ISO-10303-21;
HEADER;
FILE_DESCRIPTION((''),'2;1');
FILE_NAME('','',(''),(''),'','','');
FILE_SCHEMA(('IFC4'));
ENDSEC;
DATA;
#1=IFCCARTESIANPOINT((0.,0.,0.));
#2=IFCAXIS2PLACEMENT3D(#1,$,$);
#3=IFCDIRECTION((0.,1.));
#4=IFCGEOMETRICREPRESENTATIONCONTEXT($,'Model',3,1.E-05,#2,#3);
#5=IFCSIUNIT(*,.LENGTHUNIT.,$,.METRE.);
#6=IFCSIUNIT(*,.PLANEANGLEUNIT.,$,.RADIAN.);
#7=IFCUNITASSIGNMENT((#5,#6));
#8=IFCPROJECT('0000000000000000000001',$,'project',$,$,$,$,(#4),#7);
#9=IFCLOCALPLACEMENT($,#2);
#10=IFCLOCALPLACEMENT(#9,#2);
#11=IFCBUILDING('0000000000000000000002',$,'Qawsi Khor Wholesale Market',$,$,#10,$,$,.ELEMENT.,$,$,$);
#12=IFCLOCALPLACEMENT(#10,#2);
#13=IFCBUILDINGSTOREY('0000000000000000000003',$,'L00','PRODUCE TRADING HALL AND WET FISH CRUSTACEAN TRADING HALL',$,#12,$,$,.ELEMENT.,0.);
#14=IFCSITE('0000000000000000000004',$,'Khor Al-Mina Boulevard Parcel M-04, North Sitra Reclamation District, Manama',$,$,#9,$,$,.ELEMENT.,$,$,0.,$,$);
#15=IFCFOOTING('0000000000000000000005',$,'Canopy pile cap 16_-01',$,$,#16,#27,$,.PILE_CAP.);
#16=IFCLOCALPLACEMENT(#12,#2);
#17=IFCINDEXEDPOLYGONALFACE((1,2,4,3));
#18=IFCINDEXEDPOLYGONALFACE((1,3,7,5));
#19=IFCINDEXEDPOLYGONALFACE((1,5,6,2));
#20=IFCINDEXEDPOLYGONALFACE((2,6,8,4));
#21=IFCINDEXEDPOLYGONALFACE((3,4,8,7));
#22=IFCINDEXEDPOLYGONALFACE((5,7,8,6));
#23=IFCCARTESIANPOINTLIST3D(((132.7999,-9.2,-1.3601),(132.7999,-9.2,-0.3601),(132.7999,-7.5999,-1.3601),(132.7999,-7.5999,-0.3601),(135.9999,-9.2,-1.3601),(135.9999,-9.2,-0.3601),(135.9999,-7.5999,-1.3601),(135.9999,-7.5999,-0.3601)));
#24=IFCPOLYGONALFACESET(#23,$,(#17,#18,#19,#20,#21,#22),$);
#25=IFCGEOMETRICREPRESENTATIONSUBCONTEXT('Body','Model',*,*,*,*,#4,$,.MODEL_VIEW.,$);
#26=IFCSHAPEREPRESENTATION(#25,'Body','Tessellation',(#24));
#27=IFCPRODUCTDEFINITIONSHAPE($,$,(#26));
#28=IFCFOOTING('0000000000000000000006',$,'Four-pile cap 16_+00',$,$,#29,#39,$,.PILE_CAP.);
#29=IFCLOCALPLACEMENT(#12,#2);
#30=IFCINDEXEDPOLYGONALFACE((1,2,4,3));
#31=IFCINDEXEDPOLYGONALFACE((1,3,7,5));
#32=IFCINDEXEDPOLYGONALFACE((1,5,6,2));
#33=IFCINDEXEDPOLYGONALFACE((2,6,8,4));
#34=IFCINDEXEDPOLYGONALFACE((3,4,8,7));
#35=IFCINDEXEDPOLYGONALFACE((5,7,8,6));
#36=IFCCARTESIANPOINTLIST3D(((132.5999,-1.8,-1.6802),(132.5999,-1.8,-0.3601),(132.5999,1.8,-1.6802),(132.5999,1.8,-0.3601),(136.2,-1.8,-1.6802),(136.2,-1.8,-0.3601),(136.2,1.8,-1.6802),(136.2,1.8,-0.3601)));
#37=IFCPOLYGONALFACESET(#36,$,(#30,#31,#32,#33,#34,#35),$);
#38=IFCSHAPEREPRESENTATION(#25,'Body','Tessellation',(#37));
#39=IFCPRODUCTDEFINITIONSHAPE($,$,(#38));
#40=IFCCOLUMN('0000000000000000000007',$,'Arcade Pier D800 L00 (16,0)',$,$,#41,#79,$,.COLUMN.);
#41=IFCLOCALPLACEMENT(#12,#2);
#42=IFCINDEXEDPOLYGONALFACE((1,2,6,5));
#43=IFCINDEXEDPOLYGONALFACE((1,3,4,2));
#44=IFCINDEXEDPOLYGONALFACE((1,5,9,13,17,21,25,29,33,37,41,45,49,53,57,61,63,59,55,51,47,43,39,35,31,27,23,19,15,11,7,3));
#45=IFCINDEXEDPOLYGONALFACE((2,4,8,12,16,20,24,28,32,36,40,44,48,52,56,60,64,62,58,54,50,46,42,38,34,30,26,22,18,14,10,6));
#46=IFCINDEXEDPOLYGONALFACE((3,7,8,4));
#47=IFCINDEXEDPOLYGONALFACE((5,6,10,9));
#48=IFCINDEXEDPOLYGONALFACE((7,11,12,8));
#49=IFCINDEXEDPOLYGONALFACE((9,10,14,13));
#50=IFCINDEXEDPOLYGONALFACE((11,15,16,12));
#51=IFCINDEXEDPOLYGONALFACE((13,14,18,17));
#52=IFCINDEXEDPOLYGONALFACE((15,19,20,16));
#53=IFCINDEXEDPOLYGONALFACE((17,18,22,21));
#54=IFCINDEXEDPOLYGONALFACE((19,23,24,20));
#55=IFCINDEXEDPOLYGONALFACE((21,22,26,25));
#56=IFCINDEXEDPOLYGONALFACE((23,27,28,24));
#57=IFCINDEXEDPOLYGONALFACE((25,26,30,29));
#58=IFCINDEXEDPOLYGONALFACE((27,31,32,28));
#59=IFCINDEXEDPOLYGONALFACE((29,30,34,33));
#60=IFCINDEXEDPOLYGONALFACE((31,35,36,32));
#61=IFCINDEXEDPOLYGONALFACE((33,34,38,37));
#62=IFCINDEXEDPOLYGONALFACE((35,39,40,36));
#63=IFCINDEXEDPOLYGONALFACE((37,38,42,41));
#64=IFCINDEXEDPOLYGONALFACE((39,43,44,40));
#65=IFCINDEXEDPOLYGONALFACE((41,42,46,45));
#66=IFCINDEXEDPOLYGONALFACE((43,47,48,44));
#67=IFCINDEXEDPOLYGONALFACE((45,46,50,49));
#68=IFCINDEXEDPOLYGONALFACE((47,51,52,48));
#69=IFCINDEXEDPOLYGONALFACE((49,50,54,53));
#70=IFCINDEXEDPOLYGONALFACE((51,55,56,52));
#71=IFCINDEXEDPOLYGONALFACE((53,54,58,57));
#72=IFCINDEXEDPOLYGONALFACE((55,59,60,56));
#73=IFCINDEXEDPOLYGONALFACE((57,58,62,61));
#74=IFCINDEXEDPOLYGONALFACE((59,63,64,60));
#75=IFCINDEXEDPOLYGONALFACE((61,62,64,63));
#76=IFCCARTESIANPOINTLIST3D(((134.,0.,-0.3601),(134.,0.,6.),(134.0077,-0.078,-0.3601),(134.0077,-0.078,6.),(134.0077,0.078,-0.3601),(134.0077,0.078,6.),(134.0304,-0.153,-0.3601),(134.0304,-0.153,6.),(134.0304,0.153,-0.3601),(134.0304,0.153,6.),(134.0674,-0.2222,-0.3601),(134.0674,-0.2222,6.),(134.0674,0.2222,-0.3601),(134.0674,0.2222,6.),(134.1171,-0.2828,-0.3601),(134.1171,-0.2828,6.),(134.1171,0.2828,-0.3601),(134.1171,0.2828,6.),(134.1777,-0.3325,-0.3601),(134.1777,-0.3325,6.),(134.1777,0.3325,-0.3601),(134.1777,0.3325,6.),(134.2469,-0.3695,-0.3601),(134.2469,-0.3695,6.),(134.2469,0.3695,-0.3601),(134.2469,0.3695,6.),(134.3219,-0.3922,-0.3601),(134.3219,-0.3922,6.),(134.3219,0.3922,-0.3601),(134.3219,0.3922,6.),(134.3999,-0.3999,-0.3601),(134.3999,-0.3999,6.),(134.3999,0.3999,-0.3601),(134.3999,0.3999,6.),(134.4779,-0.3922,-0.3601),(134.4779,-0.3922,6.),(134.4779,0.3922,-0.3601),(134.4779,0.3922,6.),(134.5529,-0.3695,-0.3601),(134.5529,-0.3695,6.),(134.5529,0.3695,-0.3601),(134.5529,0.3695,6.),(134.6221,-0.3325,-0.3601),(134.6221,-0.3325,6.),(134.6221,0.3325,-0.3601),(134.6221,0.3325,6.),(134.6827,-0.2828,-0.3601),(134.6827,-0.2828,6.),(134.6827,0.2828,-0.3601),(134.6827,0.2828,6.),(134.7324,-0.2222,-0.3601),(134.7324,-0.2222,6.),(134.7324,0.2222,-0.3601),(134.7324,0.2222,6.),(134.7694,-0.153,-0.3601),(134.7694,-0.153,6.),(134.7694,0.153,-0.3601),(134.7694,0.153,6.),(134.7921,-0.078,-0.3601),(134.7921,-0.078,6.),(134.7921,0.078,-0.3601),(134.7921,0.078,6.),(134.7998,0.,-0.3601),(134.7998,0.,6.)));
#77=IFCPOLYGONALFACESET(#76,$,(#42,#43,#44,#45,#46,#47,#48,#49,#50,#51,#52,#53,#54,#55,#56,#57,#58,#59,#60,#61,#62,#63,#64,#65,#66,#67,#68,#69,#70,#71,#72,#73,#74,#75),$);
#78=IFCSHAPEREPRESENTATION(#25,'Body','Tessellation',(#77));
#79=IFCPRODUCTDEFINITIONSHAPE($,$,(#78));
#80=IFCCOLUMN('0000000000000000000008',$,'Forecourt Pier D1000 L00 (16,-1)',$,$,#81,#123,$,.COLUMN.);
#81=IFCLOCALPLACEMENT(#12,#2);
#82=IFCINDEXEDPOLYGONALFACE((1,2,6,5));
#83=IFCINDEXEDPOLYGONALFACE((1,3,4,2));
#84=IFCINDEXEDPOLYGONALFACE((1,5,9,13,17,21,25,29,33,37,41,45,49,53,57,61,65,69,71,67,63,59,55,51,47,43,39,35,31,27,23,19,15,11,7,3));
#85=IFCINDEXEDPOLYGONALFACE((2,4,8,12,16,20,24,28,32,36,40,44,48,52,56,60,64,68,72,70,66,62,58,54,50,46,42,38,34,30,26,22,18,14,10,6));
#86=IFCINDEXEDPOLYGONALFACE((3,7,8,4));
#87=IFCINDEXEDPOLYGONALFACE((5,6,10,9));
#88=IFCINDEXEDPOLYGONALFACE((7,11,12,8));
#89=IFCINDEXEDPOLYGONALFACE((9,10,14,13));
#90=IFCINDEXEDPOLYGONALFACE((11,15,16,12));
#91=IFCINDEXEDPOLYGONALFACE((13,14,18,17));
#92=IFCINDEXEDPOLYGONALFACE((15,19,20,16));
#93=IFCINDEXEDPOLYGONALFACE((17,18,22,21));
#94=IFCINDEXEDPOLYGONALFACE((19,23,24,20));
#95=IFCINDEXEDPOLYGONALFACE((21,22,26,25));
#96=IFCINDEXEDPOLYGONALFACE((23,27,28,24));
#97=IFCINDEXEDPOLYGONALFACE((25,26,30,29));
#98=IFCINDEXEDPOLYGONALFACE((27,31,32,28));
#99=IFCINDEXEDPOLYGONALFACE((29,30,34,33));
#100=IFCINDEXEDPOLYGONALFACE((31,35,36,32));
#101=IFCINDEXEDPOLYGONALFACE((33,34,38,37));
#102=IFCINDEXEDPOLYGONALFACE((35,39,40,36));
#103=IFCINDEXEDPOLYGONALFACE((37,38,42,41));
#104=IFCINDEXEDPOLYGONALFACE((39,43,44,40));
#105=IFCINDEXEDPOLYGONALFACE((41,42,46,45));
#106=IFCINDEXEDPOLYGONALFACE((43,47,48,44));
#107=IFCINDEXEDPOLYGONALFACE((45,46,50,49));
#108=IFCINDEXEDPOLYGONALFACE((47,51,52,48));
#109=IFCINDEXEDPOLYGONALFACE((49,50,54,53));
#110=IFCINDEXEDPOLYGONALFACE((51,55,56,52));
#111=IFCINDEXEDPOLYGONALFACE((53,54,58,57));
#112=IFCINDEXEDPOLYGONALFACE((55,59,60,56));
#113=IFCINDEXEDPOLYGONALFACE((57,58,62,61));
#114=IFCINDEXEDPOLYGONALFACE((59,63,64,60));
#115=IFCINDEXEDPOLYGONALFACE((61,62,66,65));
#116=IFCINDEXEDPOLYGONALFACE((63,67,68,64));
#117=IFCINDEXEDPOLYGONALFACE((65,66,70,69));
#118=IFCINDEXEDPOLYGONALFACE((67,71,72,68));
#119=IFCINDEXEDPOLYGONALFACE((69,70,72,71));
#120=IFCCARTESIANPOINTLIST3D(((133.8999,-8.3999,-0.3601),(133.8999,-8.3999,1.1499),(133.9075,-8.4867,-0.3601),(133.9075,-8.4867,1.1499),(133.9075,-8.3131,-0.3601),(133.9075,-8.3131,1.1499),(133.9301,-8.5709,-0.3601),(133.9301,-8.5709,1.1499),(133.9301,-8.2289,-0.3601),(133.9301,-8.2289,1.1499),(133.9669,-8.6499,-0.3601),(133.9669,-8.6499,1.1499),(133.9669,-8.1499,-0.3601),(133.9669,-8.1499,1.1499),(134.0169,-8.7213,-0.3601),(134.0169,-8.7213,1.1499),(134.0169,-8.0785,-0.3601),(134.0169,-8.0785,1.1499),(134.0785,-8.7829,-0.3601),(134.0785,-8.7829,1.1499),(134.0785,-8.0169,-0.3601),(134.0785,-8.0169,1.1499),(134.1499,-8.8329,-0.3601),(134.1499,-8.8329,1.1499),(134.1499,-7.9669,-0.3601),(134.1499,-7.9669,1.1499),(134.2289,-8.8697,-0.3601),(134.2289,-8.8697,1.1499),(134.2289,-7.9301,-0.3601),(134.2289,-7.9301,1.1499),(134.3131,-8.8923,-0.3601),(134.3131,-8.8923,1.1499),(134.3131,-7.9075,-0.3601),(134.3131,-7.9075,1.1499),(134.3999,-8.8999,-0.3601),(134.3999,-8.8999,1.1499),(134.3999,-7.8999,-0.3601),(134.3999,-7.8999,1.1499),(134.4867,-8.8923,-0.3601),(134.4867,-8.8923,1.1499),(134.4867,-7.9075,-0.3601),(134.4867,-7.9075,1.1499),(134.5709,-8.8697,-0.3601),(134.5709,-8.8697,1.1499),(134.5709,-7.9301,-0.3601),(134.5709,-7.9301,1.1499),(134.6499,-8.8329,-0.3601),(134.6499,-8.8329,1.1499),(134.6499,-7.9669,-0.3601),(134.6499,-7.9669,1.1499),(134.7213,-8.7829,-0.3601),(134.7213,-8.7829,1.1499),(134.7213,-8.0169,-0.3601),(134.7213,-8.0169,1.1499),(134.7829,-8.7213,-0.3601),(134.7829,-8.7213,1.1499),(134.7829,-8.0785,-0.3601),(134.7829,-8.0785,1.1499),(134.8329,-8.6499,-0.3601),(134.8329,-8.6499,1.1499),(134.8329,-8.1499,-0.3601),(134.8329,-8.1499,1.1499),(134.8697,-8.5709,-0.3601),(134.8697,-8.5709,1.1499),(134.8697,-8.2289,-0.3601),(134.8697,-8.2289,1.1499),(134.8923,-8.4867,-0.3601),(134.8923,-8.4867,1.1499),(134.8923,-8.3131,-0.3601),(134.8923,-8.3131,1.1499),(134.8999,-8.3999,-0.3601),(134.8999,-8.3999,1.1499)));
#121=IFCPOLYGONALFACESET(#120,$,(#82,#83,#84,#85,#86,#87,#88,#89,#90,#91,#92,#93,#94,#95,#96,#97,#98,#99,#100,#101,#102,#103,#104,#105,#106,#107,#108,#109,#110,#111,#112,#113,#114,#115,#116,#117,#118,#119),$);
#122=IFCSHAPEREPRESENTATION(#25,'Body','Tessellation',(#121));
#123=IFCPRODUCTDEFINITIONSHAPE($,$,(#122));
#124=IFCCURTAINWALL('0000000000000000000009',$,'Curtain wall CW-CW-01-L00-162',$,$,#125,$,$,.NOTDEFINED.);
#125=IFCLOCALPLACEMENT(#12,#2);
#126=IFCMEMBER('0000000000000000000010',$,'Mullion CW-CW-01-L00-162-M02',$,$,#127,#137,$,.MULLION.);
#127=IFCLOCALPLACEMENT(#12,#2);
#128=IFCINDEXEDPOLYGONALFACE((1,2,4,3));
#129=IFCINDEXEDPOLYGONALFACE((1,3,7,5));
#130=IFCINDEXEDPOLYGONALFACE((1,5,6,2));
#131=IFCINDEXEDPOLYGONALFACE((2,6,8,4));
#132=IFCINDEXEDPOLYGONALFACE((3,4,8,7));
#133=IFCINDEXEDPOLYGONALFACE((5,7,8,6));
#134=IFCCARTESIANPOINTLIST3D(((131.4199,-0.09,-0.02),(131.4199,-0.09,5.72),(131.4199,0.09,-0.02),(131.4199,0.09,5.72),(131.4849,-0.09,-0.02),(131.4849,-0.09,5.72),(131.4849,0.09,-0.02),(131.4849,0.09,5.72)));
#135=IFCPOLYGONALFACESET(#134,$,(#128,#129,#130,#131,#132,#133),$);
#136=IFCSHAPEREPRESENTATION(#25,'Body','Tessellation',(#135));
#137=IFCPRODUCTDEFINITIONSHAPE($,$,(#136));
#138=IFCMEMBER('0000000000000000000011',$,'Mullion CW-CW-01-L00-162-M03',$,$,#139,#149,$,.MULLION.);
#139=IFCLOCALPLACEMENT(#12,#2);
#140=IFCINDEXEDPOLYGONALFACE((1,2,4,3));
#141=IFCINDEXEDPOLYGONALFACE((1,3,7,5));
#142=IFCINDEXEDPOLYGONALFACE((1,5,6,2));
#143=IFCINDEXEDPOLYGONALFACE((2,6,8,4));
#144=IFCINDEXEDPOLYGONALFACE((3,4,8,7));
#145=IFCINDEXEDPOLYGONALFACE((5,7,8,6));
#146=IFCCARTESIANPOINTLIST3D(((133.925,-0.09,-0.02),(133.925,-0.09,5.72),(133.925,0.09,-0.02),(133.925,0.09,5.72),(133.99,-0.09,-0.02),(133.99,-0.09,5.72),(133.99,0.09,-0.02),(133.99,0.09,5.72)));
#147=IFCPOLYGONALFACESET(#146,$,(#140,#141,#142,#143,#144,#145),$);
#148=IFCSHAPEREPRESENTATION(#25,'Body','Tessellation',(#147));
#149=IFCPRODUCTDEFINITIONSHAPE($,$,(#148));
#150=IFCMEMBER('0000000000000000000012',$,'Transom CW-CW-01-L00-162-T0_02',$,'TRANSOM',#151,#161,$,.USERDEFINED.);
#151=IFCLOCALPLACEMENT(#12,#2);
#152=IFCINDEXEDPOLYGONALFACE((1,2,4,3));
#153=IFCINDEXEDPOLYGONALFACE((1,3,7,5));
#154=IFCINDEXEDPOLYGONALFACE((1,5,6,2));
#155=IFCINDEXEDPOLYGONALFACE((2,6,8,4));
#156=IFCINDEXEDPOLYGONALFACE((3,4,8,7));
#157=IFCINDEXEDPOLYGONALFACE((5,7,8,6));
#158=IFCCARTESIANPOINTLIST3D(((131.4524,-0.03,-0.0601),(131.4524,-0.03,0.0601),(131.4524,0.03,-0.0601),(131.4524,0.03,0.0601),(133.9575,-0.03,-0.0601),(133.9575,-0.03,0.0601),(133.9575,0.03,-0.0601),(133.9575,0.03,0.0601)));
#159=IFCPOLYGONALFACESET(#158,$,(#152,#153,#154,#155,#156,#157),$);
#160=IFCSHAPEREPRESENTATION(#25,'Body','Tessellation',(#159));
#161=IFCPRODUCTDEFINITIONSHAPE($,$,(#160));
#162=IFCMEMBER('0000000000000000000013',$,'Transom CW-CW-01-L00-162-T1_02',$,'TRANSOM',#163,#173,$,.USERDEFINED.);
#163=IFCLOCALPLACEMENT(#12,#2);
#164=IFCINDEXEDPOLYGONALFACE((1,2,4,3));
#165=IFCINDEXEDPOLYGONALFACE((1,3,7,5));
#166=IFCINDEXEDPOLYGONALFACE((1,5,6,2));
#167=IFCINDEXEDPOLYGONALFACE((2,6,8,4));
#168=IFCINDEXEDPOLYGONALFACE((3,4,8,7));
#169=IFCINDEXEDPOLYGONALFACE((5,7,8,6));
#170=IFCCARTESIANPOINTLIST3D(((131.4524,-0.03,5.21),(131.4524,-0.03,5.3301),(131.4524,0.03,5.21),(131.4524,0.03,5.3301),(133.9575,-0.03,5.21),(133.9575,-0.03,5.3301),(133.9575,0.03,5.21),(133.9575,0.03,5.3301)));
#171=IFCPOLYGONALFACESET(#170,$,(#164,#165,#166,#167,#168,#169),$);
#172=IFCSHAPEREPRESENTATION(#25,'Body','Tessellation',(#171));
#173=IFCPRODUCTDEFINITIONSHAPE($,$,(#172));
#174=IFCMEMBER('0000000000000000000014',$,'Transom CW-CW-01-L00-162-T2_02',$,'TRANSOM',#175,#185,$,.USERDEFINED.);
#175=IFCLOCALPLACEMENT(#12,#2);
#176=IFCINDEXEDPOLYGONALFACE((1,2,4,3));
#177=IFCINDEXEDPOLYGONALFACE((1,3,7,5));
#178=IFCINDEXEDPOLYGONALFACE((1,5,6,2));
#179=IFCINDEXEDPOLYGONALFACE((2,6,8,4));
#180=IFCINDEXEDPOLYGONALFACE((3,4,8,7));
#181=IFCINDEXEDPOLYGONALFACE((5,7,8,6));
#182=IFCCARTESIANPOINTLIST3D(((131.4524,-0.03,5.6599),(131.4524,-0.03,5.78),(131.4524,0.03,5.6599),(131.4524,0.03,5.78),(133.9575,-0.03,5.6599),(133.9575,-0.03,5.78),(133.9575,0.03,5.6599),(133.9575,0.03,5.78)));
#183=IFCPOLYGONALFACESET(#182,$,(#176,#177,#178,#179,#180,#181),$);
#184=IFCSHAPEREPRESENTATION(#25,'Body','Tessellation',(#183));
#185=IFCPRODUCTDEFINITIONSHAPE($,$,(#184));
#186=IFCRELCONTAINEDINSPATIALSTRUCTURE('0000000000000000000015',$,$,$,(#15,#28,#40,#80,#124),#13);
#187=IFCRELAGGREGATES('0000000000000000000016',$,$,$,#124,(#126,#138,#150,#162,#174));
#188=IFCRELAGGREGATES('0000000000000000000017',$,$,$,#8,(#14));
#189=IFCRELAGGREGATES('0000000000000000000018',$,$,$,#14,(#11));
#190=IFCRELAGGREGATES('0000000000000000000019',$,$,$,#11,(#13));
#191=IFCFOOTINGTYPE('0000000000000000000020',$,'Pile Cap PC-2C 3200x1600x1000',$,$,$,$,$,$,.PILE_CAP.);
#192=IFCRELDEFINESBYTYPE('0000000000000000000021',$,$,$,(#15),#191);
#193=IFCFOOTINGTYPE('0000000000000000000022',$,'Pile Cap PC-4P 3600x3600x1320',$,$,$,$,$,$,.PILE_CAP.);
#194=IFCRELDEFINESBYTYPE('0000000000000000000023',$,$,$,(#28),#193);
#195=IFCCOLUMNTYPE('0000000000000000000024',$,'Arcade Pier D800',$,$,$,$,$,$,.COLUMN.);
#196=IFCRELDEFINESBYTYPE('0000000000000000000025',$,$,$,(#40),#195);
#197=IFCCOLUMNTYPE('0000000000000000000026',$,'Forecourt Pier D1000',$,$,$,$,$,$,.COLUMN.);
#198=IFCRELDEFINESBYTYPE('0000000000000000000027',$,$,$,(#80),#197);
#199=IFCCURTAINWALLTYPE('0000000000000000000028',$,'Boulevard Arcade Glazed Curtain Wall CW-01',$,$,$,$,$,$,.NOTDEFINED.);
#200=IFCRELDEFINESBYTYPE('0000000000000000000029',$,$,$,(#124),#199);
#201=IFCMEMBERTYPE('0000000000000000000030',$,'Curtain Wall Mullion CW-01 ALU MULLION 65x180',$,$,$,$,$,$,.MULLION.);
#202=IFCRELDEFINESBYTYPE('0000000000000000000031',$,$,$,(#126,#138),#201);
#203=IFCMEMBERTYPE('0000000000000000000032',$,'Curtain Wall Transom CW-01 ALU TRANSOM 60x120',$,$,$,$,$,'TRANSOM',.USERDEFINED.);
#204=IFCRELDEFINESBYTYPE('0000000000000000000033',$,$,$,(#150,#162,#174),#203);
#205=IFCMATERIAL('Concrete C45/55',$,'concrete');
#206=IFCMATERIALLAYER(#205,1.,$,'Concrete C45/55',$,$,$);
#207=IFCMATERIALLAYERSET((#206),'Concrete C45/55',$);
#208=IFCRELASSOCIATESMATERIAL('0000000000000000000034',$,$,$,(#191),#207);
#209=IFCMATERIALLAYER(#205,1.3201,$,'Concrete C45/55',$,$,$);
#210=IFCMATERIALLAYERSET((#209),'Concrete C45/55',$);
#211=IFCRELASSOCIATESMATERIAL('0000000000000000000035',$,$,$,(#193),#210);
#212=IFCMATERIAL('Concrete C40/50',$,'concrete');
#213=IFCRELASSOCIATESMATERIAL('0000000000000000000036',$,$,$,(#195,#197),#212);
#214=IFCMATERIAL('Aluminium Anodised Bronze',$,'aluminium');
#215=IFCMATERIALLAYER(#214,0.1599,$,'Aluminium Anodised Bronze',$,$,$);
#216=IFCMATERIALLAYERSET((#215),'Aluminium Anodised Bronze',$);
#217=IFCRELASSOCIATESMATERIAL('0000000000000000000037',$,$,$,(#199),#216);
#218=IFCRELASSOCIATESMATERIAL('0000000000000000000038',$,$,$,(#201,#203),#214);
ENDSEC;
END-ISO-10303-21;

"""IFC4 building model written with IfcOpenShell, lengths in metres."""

from ifc_helpers import new_model, si_unit, direction, frame, origin, origin_2d, place, context, subcontext, project, spatial, rectangle, circle, extrude, material, layer, layer_set, material_profile, profile_set, type_object, element, aggregate, save


model = new_model("IFC4")

# Units and contexts
model_context = context("Model", 3, precision=1e-05, world=origin(), true_north=direction((0.0, 1.0)))
body_context = subcontext(model_context, "Body", "Model", "MODEL_VIEW")
ifc_project = project(units=[si_unit("LENGTHUNIT", "METRE"), si_unit("PLANEANGLEUNIT", "RADIAN")], contexts=[model_context])

# Site, building, storey
site_placement = place(None, origin())
site = spatial("IfcSite", under=ifc_project, at=site_placement, Name="Khor Al-Mina Boulevard Parcel M-04, North Sitra Reclamation District, Manama", CompositionType="ELEMENT", RefElevation=0.0)
building_placement = place(site_placement, origin())
building = spatial("IfcBuilding", under=site, at=building_placement, Name="Qawsi Khor Wholesale Market", CompositionType="ELEMENT")
storey_placement = place(building_placement, origin())
storey = spatial("IfcBuildingStorey", under=building, at=storey_placement, Name="L00", Description="PRODUCE TRADING HALL AND WET FISH CRUSTACEAN TRADING HALL", CompositionType="ELEMENT", Elevation=0.0)

# Shared definitions
ifc_material_1 = material(Name="Concrete C45/55", Category="concrete")

# Footings
ifc_layer_1 = layer(ifc_material_1, 1.0, Name="Concrete C45/55")
ifc_layer_set_1 = layer_set([ifc_layer_1], Name="Concrete C45/55")
footing_type_1 = type_object("IfcFootingType", Name="Pile Cap PC-2C 3200x1600x1000", PredefinedType="PILE_CAP", material=ifc_layer_set_1)
footing_1_placement = place(storey_placement, frame((134.3999, -8.3999, -1.3601), z_axis=(0.0, 0.0, 1.0), x_axis=(1.0, 0.0, 0.0)))
element("IfcFooting", 1, at=footing_1_placement, inside=storey, type_object=footing_type_1, Name="Canopy pile cap 16_-01", PredefinedType="PILE_CAP", context=body_context, shape_type="SweptSolid", body=[
    extrude(rectangle(XDim=3.2, YDim=1.6001, at=origin_2d()), origin(), (0.0, 0.0, 1.0), 1.0),
])
ifc_layer_2 = layer(ifc_material_1, 1.3201, Name="Concrete C45/55")
ifc_layer_set_2 = layer_set([ifc_layer_2], Name="Concrete C45/55")
footing_type_2 = type_object("IfcFootingType", Name="Pile Cap PC-4P 3600x3600x1320", PredefinedType="PILE_CAP", material=ifc_layer_set_2)
footing_2_placement = place(storey_placement, frame((134.3999, 0.0, -1.6802), z_axis=(0.0, 0.0, 1.0), x_axis=(1.0, 0.0, 0.0)))
element("IfcFooting", 2, at=footing_2_placement, inside=storey, type_object=footing_type_2, Name="Four-pile cap 16_+00", PredefinedType="PILE_CAP", context=body_context, shape_type="SweptSolid", body=[
    extrude(rectangle(XDim=3.6001, YDim=3.6001, at=origin_2d()), origin(), (0.0, 0.0, 1.0), 1.3201),
])

# Columns
ifc_material_2 = material(Name="Concrete C40/50", Category="concrete")
ifc_material_profile_1 = material_profile(ifc_material_2, circle(Radius=0.3999, at=origin_2d()), Name="RC COL D800")
ifc_profile_set_1 = profile_set([ifc_material_profile_1], Name="Concrete C40/50")
column_type_1 = type_object("IfcColumnType", Name="Arcade Pier D800", PredefinedType="COLUMN", material=ifc_profile_set_1)
column_1_placement = place(storey_placement, frame((134.3999, 0.0, -0.3601), z_axis=(0.0, 0.0, 1.0), x_axis=(1.0, 0.0, 0.0)))
element("IfcColumn", 3, at=column_1_placement, inside=storey, type_object=column_type_1, Name="Arcade Pier D800 L00 (16,0)", PredefinedType="COLUMN", context=body_context, shape_type="SweptSolid", body=[
    extrude(circle(Radius=0.3999, at=origin_2d()), origin(), (0.0, 0.0, 1.0), 6.3601),
])
ifc_material_profile_2 = material_profile(ifc_material_2, circle(Radius=0.5, at=origin_2d()), Name="RC COL D1000")
ifc_profile_set_2 = profile_set([ifc_material_profile_2], Name="Concrete C40/50")
column_type_2 = type_object("IfcColumnType", Name="Forecourt Pier D1000", PredefinedType="COLUMN", material=ifc_profile_set_2)
column_2_placement = place(storey_placement, frame((134.3999, -8.3999, -0.3601), z_axis=(0.0, 0.0, 1.0), x_axis=(1.0, 0.0, 0.0)))
element("IfcColumn", 4, at=column_2_placement, inside=storey, type_object=column_type_2, Name="Forecourt Pier D1000 L00 (16,-1)", PredefinedType="COLUMN", context=body_context, shape_type="SweptSolid", body=[
    extrude(circle(Radius=0.5, at=origin_2d()), origin(), (0.0, 0.0, 1.0), 1.51),
])

# Curtain wall, members
ifc_material_3 = material(Name="Aluminium Anodised Bronze", Category="aluminium")
ifc_layer_3 = layer(ifc_material_3, 0.1599, Name="Aluminium Anodised Bronze")
ifc_layer_set_3 = layer_set([ifc_layer_3], Name="Aluminium Anodised Bronze")
curtain_wall_type = type_object("IfcCurtainWallType", Name="Boulevard Arcade Glazed Curtain Wall CW-01", PredefinedType="NOTDEFINED", material=ifc_layer_set_3)
curtain_wall_placement = place(storey_placement, origin())
curtain_wall = element("IfcCurtainWall", 5, at=curtain_wall_placement, inside=storey, type_object=curtain_wall_type, Name="Curtain wall CW-CW-01-L00-162", PredefinedType="NOTDEFINED")
ifc_material_profile_3 = material_profile(ifc_material_3, rectangle(XDim=0.0649, YDim=0.1799, at=origin_2d()), Name="ALU MULLION 65x180")
ifc_profile_set_3 = profile_set([ifc_material_profile_3], Name="Aluminium Anodised Bronze")
member_type_1 = type_object("IfcMemberType", Name="Curtain Wall Mullion CW-01 ALU MULLION 65x180", PredefinedType="MULLION", material=ifc_profile_set_3)
member_1_placement = place(storey_placement, frame((131.4524, 0.0, -0.02), z_axis=(0.0, 0.0, 1.0), x_axis=(1.0, 0.0, 0.0)))
member_1 = element("IfcMember", 6, at=member_1_placement, type_object=member_type_1, Name="Mullion CW-CW-01-L00-162-M02", PredefinedType="MULLION", context=body_context, shape_type="SweptSolid", body=[
    extrude(rectangle(XDim=0.0649, YDim=0.1799, at=origin_2d()), origin(), (0.0, 0.0, 1.0), 5.74),
])
member_2_placement = place(storey_placement, frame((133.9575, 0.0, -0.02), z_axis=(0.0, 0.0, 1.0), x_axis=(1.0, 0.0, 0.0)))
member_2 = element("IfcMember", 7, at=member_2_placement, type_object=member_type_1, Name="Mullion CW-CW-01-L00-162-M03", PredefinedType="MULLION", context=body_context, shape_type="SweptSolid", body=[
    extrude(rectangle(XDim=0.0649, YDim=0.1799, at=origin_2d()), origin(), (0.0, 0.0, 1.0), 5.74),
])
ifc_material_profile_4 = material_profile(ifc_material_3, rectangle(XDim=0.0601, YDim=0.1201, at=origin_2d()), Name="ALU TRANSOM 60x120")
ifc_profile_set_4 = profile_set([ifc_material_profile_4], Name="Aluminium Anodised Bronze")
member_type_2 = type_object("IfcMemberType", Name="Curtain Wall Transom CW-01 ALU TRANSOM 60x120", ElementType="TRANSOM", PredefinedType="USERDEFINED", material=ifc_profile_set_4)
member_3_placement = place(storey_placement, frame((131.4524, 0.0, 0.0), z_axis=(1.0, 0.0, 0.0), x_axis=(0.0, 1.0, 0.0)))
member_3 = element("IfcMember", 8, at=member_3_placement, type_object=member_type_2, Name="Transom CW-CW-01-L00-162-T0_02", ObjectType="TRANSOM", PredefinedType="USERDEFINED", context=body_context, shape_type="SweptSolid", body=[
    extrude(rectangle(XDim=0.0601, YDim=0.1201, at=origin_2d()), origin(), (0.0, 0.0, 1.0), 2.5051),
])
member_4_placement = place(storey_placement, frame((131.4524, 0.0, 5.27), z_axis=(1.0, 0.0, 0.0), x_axis=(0.0, 1.0, 0.0)))
member_4 = element("IfcMember", 9, at=member_4_placement, type_object=member_type_2, Name="Transom CW-CW-01-L00-162-T1_02", ObjectType="TRANSOM", PredefinedType="USERDEFINED", context=body_context, shape_type="SweptSolid", body=[
    extrude(rectangle(XDim=0.0601, YDim=0.1201, at=origin_2d()), origin(), (0.0, 0.0, 1.0), 2.5051),
])
member_5_placement = place(storey_placement, frame((131.4524, 0.0, 5.72), z_axis=(1.0, 0.0, 0.0), x_axis=(0.0, 1.0, 0.0)))
member_5 = element("IfcMember", 10, at=member_5_placement, type_object=member_type_2, Name="Transom CW-CW-01-L00-162-T2_02", ObjectType="TRANSOM", PredefinedType="USERDEFINED", context=body_context, shape_type="SweptSolid", body=[
    extrude(rectangle(XDim=0.0601, YDim=0.1201, at=origin_2d()), origin(), (0.0, 0.0, 1.0), 2.5051),
])

aggregate(curtain_wall, [member_1, member_2, member_3, member_4, member_5])

save(model, "model.ifc")
